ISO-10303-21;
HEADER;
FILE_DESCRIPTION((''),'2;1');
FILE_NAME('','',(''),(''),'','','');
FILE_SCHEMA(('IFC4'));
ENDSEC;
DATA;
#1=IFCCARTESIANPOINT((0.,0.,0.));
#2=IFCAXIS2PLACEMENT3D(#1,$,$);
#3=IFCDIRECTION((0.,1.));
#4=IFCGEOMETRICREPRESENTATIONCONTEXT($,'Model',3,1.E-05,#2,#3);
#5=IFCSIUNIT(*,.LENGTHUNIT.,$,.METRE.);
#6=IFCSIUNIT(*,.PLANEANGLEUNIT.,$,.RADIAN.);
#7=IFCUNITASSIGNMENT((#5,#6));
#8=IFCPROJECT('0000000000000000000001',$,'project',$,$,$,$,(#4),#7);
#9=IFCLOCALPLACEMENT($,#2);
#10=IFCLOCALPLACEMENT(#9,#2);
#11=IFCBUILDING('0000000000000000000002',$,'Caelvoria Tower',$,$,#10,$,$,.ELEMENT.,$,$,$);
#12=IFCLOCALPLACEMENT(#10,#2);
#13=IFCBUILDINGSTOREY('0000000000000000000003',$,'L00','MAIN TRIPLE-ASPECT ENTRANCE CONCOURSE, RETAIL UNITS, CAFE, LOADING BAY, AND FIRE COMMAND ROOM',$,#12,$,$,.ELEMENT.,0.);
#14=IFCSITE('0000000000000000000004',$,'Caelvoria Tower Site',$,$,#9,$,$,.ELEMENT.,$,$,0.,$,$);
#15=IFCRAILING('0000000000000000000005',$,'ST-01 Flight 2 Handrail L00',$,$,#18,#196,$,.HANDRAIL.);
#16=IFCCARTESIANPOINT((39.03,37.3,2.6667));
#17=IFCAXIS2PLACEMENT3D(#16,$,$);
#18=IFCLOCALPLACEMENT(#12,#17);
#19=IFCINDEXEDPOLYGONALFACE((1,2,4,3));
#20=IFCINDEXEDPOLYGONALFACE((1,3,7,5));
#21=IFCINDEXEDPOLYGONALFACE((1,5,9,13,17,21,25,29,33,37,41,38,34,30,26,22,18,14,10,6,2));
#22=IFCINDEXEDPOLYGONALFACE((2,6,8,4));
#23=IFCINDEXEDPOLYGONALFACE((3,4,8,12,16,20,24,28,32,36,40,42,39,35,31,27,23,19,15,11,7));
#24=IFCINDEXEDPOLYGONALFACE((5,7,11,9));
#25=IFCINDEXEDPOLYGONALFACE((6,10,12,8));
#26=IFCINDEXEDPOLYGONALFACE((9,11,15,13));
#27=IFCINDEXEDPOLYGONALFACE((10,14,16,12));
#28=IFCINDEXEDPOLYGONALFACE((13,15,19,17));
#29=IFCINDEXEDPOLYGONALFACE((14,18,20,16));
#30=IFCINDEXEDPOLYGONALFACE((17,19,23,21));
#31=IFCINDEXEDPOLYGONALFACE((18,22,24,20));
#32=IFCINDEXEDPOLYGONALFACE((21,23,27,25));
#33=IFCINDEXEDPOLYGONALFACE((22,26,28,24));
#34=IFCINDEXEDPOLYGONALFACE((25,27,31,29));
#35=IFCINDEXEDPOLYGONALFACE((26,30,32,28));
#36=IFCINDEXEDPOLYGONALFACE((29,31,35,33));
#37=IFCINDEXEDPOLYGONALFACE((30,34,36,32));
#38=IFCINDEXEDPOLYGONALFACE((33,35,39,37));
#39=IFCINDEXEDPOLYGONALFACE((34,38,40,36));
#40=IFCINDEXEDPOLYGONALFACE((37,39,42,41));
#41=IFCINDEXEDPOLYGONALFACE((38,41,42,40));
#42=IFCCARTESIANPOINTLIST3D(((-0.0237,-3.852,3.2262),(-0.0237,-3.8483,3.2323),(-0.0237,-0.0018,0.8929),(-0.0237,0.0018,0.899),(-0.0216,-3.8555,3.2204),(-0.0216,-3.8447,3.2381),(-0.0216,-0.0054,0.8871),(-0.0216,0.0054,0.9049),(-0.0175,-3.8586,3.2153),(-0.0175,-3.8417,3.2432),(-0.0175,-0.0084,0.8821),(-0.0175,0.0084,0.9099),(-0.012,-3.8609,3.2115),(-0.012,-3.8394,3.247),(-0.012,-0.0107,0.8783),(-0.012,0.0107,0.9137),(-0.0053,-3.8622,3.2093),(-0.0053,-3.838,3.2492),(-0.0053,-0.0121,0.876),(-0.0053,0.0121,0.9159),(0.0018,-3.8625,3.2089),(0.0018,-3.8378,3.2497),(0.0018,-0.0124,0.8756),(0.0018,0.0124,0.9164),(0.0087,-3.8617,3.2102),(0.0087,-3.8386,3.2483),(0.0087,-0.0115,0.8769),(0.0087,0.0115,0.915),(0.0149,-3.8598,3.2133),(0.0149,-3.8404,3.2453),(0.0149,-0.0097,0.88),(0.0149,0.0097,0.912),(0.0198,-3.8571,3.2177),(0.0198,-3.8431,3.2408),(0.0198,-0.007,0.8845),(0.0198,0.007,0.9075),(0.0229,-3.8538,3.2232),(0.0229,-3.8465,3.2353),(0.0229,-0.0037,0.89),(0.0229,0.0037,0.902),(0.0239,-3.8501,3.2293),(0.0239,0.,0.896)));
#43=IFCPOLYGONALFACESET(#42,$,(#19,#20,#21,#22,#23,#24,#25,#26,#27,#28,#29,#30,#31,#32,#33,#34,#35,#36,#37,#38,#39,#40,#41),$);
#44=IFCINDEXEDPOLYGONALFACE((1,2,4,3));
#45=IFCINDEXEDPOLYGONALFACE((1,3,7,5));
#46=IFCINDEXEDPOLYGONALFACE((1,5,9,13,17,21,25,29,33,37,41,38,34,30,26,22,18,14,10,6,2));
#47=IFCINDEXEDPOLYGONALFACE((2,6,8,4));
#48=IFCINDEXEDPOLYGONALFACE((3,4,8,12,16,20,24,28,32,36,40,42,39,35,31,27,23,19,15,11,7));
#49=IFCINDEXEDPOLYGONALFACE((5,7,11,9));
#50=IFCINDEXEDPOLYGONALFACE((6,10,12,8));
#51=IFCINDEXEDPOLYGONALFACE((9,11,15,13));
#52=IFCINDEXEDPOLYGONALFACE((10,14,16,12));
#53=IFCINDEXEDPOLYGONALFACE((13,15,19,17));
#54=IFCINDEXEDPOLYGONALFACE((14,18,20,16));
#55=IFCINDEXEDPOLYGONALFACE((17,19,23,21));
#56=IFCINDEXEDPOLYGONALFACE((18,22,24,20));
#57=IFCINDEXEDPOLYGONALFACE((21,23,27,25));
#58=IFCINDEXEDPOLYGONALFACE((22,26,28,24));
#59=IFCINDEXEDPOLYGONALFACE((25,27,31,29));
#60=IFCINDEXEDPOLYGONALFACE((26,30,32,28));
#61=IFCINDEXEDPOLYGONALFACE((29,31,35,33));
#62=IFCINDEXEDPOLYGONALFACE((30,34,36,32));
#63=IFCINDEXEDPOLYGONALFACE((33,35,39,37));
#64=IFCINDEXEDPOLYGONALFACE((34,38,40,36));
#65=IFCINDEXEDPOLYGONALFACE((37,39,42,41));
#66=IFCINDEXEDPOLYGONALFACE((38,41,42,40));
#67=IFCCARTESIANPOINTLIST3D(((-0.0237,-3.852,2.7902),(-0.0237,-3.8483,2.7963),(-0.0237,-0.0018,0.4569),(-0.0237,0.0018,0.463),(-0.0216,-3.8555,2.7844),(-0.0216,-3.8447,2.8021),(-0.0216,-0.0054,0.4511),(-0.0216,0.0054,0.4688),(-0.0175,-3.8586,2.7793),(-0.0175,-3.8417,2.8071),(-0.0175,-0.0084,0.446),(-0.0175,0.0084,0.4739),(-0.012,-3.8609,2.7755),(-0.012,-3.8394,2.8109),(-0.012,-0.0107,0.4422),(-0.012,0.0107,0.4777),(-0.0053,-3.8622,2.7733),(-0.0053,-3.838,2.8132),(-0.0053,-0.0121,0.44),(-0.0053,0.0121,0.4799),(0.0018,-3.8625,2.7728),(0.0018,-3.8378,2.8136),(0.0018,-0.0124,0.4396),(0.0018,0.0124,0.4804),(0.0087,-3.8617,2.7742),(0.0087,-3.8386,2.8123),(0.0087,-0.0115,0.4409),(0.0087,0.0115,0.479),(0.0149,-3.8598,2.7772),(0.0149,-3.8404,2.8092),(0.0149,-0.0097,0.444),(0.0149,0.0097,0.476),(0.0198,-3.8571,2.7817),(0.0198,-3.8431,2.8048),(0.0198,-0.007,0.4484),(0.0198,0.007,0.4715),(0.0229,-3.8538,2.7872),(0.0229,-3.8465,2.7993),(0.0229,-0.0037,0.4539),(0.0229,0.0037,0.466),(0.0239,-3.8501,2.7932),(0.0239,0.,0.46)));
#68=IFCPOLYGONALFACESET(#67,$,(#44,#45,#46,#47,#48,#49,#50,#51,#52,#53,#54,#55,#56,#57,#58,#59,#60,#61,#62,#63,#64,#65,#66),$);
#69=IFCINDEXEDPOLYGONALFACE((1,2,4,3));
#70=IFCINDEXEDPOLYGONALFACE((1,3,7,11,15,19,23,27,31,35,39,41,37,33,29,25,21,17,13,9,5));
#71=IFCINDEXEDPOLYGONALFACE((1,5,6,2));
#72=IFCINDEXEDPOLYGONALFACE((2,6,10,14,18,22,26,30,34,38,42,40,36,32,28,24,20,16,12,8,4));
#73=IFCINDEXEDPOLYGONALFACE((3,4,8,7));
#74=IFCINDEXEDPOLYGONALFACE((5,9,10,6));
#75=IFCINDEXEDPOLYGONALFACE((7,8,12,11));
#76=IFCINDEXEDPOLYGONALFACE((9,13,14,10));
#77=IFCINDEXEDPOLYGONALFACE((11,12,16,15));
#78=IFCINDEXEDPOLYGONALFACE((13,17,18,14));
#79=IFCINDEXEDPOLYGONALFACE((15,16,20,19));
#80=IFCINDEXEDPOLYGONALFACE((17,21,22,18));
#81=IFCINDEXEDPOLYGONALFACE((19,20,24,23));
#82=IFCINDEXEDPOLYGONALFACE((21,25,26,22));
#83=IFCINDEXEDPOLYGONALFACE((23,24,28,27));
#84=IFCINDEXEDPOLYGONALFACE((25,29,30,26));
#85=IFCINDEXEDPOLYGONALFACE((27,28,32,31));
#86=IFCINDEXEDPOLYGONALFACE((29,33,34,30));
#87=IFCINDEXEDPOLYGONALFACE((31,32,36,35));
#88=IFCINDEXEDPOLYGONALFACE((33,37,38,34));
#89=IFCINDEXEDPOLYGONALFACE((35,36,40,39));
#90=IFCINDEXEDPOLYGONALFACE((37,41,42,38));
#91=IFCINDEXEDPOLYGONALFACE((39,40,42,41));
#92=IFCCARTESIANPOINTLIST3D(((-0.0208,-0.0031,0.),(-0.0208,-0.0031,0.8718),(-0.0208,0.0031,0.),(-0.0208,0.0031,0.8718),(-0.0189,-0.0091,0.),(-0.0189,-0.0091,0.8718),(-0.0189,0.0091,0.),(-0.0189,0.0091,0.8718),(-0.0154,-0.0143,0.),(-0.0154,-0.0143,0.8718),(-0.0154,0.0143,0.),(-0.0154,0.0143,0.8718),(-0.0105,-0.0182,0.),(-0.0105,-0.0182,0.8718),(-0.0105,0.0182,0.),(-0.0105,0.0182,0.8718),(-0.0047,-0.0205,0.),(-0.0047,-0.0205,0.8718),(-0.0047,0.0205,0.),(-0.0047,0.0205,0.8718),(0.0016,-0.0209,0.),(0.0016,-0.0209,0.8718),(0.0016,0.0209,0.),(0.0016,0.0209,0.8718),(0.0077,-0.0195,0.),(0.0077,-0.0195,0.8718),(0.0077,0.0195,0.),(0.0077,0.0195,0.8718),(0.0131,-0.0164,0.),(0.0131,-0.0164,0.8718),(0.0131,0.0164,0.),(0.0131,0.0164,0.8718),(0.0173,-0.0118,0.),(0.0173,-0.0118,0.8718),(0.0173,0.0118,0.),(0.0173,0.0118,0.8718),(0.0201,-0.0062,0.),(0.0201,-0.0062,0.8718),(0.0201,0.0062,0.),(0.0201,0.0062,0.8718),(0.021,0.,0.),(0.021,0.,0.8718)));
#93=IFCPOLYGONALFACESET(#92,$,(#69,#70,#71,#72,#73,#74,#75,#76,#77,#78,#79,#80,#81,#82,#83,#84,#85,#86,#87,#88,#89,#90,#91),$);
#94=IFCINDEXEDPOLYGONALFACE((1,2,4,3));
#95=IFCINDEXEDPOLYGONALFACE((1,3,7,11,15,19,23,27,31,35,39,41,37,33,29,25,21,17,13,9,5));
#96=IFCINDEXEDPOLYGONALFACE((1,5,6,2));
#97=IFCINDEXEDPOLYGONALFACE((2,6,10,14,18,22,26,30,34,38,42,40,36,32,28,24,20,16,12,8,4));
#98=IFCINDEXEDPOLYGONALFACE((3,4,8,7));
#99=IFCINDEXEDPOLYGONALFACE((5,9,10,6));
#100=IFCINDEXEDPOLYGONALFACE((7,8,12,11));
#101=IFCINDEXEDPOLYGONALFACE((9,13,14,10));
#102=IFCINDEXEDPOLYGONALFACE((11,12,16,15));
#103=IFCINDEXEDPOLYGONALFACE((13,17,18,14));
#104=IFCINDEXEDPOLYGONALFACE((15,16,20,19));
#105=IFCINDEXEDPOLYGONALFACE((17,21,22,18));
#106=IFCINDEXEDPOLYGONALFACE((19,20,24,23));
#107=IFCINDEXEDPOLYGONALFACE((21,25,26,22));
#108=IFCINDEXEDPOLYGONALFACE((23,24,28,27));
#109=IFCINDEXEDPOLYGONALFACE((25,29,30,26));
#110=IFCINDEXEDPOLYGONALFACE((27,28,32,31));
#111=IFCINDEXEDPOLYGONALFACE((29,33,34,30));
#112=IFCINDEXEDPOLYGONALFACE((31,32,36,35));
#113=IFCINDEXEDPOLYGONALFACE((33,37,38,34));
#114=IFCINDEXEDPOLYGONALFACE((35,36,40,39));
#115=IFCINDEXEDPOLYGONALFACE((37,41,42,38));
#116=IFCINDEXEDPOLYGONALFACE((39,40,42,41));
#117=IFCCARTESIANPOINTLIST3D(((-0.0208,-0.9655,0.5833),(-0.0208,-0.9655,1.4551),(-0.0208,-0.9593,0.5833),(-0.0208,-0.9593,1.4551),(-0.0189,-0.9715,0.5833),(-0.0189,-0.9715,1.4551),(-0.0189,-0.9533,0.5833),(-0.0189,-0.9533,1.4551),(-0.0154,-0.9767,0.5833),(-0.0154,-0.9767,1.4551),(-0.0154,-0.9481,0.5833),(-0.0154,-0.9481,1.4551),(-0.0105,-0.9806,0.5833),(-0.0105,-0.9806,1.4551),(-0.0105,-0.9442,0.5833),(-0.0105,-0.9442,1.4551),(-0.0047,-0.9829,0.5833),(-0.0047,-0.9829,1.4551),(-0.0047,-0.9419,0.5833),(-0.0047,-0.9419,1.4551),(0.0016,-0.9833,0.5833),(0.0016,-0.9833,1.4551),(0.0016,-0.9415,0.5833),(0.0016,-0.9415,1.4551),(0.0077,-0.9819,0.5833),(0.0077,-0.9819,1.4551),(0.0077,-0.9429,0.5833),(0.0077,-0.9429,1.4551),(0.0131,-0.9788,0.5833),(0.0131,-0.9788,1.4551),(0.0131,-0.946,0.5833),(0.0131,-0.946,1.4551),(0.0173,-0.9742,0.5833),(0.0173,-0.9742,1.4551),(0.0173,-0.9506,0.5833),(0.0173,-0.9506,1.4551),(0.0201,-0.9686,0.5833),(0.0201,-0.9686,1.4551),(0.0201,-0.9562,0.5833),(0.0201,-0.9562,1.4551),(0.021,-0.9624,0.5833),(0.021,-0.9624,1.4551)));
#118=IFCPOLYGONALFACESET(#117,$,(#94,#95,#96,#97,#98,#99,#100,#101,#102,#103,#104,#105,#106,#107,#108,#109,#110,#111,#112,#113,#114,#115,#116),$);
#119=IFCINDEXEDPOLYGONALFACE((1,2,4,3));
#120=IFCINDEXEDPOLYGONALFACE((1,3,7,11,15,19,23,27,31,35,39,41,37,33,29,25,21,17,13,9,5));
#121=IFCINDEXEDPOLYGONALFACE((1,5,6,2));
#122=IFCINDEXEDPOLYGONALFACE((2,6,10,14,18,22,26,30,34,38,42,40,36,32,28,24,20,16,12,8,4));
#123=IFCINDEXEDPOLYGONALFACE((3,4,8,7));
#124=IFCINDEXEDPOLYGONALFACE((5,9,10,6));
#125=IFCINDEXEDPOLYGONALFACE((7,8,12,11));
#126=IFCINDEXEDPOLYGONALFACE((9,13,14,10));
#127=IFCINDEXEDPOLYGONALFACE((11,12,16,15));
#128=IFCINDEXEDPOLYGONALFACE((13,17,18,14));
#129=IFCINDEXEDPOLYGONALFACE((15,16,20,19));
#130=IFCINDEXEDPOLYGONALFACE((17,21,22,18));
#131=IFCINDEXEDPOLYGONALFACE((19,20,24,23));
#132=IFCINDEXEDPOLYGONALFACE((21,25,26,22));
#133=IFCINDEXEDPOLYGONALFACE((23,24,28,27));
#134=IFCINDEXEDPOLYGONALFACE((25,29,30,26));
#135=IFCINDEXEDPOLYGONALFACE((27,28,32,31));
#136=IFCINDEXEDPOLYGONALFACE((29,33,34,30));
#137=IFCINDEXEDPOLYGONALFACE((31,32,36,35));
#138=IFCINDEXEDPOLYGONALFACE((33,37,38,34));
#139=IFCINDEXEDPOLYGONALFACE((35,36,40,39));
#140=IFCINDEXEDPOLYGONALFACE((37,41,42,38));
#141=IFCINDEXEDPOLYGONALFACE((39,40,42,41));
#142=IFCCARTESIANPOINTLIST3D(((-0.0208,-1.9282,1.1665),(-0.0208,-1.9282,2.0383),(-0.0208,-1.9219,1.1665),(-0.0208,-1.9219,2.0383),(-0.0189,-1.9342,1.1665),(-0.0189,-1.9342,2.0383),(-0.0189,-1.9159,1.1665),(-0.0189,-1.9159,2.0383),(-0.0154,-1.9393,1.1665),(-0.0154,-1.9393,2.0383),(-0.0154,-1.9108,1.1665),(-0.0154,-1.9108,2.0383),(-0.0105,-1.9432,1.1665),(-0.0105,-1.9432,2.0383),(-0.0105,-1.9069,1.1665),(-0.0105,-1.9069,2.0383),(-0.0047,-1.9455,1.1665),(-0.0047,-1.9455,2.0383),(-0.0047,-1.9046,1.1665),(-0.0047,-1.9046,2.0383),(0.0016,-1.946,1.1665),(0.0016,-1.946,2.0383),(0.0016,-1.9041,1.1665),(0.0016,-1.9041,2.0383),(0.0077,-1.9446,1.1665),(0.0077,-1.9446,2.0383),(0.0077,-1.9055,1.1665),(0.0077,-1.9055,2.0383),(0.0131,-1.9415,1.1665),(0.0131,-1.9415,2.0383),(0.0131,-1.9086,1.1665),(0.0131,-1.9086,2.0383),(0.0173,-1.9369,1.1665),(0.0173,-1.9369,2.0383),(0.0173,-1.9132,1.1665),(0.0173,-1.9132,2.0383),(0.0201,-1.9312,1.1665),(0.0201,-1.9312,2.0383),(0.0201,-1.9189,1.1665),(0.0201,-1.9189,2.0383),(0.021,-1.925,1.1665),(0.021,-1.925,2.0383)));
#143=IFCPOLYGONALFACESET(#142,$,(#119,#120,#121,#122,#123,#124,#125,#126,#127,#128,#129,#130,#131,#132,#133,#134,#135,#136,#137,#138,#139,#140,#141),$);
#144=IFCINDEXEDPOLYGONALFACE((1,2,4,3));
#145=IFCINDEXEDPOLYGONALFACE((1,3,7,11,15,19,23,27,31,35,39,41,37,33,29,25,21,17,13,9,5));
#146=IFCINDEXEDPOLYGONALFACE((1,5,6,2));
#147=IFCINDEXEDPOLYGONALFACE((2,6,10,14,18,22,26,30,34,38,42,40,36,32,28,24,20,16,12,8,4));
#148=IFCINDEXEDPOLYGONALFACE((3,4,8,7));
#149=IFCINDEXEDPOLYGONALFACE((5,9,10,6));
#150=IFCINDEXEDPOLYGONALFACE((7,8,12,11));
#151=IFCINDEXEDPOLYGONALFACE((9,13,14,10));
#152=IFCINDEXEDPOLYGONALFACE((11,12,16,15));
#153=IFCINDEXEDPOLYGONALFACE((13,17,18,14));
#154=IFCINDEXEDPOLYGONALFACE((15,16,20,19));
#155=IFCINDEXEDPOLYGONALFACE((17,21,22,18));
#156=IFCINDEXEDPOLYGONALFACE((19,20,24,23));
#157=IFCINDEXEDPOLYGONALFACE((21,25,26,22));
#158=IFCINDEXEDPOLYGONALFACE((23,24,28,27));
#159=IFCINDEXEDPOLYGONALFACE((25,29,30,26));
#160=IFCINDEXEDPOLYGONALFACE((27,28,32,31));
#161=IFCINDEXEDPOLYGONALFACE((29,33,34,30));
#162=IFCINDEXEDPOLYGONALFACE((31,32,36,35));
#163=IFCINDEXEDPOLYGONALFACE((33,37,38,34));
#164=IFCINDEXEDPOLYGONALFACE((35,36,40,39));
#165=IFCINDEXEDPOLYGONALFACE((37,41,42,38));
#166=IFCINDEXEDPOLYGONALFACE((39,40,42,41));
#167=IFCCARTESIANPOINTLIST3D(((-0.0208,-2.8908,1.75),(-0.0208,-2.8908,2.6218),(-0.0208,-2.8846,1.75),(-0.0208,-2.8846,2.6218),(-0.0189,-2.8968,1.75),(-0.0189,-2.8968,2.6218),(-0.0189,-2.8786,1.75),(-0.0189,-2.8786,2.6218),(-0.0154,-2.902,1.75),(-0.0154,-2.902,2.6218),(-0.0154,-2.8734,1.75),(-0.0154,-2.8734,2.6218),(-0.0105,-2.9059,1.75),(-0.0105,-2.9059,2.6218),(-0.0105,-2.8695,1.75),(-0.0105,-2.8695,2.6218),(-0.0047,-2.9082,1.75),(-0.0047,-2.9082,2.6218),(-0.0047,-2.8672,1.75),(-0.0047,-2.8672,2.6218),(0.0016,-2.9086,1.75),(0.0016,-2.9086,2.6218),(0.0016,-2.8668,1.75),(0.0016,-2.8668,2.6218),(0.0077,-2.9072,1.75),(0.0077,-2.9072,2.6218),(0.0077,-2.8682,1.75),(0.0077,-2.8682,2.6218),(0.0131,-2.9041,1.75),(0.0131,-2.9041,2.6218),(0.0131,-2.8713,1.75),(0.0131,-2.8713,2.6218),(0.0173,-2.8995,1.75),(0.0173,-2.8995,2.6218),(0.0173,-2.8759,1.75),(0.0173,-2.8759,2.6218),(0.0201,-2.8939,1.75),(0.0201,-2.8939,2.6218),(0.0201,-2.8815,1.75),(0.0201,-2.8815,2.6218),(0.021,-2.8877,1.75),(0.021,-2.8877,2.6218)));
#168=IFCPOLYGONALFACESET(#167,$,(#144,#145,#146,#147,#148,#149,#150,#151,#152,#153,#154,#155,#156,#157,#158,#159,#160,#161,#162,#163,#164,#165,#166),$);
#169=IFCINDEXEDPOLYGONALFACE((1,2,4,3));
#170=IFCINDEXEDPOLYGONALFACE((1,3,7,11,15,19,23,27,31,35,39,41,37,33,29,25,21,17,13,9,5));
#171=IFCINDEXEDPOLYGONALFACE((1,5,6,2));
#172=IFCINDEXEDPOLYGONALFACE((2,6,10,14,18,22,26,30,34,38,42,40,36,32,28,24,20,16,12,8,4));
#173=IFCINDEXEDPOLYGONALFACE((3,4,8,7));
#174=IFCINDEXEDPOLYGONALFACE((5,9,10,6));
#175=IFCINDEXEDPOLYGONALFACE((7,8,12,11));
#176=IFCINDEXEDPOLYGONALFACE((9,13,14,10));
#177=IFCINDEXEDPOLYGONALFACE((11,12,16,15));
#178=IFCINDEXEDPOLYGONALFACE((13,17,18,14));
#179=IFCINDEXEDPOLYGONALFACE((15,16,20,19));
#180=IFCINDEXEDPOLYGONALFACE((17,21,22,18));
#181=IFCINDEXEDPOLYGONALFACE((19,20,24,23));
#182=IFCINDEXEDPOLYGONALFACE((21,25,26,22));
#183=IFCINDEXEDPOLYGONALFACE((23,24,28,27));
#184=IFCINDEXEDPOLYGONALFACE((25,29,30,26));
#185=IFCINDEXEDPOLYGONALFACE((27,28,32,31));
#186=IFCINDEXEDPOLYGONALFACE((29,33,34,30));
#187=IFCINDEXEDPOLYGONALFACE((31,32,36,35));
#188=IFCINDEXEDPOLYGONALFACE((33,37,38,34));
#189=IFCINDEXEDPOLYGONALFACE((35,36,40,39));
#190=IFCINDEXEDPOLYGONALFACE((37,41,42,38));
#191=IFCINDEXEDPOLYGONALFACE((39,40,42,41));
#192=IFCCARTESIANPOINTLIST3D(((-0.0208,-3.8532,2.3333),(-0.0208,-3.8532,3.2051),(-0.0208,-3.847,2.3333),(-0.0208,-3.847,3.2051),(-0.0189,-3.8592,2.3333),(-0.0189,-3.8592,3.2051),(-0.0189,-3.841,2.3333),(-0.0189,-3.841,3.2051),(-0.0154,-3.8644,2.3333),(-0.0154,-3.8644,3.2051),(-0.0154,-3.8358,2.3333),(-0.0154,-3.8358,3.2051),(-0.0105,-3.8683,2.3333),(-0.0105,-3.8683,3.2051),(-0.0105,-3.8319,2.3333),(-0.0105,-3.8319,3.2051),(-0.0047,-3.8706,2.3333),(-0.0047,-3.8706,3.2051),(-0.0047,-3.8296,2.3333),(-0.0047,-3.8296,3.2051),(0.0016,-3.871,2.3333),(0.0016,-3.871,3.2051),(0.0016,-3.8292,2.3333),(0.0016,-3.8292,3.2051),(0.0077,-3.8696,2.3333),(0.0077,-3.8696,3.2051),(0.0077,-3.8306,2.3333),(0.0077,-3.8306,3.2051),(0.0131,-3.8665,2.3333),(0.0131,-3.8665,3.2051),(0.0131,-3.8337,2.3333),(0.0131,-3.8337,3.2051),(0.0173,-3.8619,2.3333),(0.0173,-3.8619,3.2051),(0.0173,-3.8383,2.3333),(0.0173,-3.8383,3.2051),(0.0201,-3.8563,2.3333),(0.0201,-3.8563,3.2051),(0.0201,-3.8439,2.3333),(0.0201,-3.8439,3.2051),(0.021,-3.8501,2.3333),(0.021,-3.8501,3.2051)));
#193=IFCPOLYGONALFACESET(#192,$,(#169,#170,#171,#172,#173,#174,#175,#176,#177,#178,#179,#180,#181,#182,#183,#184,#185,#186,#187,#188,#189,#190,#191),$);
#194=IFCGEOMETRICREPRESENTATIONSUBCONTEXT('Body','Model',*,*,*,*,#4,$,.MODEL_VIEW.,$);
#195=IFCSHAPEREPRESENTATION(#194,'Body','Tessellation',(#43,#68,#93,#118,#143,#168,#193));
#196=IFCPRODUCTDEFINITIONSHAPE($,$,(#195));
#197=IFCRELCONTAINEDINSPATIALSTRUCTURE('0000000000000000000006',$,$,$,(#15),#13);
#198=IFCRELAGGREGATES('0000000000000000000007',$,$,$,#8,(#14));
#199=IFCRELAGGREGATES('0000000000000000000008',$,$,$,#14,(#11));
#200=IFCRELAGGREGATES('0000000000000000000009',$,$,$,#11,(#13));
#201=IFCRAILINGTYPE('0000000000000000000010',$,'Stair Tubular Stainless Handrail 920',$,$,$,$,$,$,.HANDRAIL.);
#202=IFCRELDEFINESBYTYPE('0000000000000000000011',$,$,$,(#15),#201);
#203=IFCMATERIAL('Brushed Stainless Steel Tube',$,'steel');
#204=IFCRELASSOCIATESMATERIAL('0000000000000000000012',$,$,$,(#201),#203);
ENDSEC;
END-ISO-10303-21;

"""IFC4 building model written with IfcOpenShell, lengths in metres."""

from ifc_helpers import new_model, si_unit, direction, frame, origin, origin_2d, place, context, subcontext, project, spatial, circle, extrude, material, type_object, element, save


model = new_model("IFC4")

# Units and contexts
model_context = context("Model", 3, precision=1e-05, world=origin(), true_north=direction((0.0, 1.0)))
body_context = subcontext(model_context, "Body", "Model", "MODEL_VIEW")
ifc_project = project(units=[si_unit("LENGTHUNIT", "METRE"), si_unit("PLANEANGLEUNIT", "RADIAN")], contexts=[model_context])

# Site, building, storey
site_placement = place(None, origin())
site = spatial("IfcSite", under=ifc_project, at=site_placement, Name="Caelvoria Tower Site", CompositionType="ELEMENT", RefElevation=0.0)
building_placement = place(site_placement, origin())
building = spatial("IfcBuilding", under=site, at=building_placement, Name="Caelvoria Tower", CompositionType="ELEMENT")
storey_placement = place(building_placement, origin())
storey = spatial("IfcBuildingStorey", under=building, at=storey_placement, Name="L00", Description="MAIN TRIPLE-ASPECT ENTRANCE CONCOURSE, RETAIL UNITS, CAFE, LOADING BAY, AND FIRE COMMAND ROOM", CompositionType="ELEMENT", Elevation=0.0)

# Railing
ifc_material_1 = material(Name="Brushed Stainless Steel Tube", Category="steel")
railing_type = type_object("IfcRailingType", Name="Stair Tubular Stainless Handrail 920", PredefinedType="HANDRAIL", material=ifc_material_1)
railing_1_placement = place(storey_placement, frame((39.03, 37.3, 2.6667)))
element("IfcRailing", 1, at=railing_1_placement, inside=storey, type_object=railing_type, Name="ST-01 Flight 2 Handrail L00", PredefinedType="HANDRAIL", context=body_context, shape_type="SweptSolid", body=[
    extrude(circle(Radius=0.0239, at=origin_2d()), frame((0.0, 0.0, 0.896), z_axis=(0.0, -0.855212, 0.518279), x_axis=(1.0, 0.0, 0.0)), (0.0, 0.0, 1.0), 4.502),
    extrude(circle(Radius=0.0239, at=origin_2d()), frame((0.0, 0.0, 0.46), z_axis=(0.0, -0.855212, 0.518279), x_axis=(1.0, 0.0, 0.0)), (0.0, 0.0, 1.0), 4.502),
    extrude(circle(Radius=0.021, at=origin_2d()), origin(), (0.0, 0.0, 1.0), 0.8718),
    extrude(circle(Radius=0.021, at=origin_2d()), frame((0.0, -0.9624, 0.5833)), (0.0, 0.0, 1.0), 0.8718),
    extrude(circle(Radius=0.021, at=origin_2d()), frame((0.0, -1.925, 1.1665)), (0.0, 0.0, 1.0), 0.8718),
    extrude(circle(Radius=0.021, at=origin_2d()), frame((0.0, -2.8877, 1.75)), (0.0, 0.0, 1.0), 0.8718),
    extrude(circle(Radius=0.021, at=origin_2d()), frame((0.0, -3.8501, 2.3333)), (0.0, 0.0, 1.0), 0.8718),
])

save(model, "model.ifc")
